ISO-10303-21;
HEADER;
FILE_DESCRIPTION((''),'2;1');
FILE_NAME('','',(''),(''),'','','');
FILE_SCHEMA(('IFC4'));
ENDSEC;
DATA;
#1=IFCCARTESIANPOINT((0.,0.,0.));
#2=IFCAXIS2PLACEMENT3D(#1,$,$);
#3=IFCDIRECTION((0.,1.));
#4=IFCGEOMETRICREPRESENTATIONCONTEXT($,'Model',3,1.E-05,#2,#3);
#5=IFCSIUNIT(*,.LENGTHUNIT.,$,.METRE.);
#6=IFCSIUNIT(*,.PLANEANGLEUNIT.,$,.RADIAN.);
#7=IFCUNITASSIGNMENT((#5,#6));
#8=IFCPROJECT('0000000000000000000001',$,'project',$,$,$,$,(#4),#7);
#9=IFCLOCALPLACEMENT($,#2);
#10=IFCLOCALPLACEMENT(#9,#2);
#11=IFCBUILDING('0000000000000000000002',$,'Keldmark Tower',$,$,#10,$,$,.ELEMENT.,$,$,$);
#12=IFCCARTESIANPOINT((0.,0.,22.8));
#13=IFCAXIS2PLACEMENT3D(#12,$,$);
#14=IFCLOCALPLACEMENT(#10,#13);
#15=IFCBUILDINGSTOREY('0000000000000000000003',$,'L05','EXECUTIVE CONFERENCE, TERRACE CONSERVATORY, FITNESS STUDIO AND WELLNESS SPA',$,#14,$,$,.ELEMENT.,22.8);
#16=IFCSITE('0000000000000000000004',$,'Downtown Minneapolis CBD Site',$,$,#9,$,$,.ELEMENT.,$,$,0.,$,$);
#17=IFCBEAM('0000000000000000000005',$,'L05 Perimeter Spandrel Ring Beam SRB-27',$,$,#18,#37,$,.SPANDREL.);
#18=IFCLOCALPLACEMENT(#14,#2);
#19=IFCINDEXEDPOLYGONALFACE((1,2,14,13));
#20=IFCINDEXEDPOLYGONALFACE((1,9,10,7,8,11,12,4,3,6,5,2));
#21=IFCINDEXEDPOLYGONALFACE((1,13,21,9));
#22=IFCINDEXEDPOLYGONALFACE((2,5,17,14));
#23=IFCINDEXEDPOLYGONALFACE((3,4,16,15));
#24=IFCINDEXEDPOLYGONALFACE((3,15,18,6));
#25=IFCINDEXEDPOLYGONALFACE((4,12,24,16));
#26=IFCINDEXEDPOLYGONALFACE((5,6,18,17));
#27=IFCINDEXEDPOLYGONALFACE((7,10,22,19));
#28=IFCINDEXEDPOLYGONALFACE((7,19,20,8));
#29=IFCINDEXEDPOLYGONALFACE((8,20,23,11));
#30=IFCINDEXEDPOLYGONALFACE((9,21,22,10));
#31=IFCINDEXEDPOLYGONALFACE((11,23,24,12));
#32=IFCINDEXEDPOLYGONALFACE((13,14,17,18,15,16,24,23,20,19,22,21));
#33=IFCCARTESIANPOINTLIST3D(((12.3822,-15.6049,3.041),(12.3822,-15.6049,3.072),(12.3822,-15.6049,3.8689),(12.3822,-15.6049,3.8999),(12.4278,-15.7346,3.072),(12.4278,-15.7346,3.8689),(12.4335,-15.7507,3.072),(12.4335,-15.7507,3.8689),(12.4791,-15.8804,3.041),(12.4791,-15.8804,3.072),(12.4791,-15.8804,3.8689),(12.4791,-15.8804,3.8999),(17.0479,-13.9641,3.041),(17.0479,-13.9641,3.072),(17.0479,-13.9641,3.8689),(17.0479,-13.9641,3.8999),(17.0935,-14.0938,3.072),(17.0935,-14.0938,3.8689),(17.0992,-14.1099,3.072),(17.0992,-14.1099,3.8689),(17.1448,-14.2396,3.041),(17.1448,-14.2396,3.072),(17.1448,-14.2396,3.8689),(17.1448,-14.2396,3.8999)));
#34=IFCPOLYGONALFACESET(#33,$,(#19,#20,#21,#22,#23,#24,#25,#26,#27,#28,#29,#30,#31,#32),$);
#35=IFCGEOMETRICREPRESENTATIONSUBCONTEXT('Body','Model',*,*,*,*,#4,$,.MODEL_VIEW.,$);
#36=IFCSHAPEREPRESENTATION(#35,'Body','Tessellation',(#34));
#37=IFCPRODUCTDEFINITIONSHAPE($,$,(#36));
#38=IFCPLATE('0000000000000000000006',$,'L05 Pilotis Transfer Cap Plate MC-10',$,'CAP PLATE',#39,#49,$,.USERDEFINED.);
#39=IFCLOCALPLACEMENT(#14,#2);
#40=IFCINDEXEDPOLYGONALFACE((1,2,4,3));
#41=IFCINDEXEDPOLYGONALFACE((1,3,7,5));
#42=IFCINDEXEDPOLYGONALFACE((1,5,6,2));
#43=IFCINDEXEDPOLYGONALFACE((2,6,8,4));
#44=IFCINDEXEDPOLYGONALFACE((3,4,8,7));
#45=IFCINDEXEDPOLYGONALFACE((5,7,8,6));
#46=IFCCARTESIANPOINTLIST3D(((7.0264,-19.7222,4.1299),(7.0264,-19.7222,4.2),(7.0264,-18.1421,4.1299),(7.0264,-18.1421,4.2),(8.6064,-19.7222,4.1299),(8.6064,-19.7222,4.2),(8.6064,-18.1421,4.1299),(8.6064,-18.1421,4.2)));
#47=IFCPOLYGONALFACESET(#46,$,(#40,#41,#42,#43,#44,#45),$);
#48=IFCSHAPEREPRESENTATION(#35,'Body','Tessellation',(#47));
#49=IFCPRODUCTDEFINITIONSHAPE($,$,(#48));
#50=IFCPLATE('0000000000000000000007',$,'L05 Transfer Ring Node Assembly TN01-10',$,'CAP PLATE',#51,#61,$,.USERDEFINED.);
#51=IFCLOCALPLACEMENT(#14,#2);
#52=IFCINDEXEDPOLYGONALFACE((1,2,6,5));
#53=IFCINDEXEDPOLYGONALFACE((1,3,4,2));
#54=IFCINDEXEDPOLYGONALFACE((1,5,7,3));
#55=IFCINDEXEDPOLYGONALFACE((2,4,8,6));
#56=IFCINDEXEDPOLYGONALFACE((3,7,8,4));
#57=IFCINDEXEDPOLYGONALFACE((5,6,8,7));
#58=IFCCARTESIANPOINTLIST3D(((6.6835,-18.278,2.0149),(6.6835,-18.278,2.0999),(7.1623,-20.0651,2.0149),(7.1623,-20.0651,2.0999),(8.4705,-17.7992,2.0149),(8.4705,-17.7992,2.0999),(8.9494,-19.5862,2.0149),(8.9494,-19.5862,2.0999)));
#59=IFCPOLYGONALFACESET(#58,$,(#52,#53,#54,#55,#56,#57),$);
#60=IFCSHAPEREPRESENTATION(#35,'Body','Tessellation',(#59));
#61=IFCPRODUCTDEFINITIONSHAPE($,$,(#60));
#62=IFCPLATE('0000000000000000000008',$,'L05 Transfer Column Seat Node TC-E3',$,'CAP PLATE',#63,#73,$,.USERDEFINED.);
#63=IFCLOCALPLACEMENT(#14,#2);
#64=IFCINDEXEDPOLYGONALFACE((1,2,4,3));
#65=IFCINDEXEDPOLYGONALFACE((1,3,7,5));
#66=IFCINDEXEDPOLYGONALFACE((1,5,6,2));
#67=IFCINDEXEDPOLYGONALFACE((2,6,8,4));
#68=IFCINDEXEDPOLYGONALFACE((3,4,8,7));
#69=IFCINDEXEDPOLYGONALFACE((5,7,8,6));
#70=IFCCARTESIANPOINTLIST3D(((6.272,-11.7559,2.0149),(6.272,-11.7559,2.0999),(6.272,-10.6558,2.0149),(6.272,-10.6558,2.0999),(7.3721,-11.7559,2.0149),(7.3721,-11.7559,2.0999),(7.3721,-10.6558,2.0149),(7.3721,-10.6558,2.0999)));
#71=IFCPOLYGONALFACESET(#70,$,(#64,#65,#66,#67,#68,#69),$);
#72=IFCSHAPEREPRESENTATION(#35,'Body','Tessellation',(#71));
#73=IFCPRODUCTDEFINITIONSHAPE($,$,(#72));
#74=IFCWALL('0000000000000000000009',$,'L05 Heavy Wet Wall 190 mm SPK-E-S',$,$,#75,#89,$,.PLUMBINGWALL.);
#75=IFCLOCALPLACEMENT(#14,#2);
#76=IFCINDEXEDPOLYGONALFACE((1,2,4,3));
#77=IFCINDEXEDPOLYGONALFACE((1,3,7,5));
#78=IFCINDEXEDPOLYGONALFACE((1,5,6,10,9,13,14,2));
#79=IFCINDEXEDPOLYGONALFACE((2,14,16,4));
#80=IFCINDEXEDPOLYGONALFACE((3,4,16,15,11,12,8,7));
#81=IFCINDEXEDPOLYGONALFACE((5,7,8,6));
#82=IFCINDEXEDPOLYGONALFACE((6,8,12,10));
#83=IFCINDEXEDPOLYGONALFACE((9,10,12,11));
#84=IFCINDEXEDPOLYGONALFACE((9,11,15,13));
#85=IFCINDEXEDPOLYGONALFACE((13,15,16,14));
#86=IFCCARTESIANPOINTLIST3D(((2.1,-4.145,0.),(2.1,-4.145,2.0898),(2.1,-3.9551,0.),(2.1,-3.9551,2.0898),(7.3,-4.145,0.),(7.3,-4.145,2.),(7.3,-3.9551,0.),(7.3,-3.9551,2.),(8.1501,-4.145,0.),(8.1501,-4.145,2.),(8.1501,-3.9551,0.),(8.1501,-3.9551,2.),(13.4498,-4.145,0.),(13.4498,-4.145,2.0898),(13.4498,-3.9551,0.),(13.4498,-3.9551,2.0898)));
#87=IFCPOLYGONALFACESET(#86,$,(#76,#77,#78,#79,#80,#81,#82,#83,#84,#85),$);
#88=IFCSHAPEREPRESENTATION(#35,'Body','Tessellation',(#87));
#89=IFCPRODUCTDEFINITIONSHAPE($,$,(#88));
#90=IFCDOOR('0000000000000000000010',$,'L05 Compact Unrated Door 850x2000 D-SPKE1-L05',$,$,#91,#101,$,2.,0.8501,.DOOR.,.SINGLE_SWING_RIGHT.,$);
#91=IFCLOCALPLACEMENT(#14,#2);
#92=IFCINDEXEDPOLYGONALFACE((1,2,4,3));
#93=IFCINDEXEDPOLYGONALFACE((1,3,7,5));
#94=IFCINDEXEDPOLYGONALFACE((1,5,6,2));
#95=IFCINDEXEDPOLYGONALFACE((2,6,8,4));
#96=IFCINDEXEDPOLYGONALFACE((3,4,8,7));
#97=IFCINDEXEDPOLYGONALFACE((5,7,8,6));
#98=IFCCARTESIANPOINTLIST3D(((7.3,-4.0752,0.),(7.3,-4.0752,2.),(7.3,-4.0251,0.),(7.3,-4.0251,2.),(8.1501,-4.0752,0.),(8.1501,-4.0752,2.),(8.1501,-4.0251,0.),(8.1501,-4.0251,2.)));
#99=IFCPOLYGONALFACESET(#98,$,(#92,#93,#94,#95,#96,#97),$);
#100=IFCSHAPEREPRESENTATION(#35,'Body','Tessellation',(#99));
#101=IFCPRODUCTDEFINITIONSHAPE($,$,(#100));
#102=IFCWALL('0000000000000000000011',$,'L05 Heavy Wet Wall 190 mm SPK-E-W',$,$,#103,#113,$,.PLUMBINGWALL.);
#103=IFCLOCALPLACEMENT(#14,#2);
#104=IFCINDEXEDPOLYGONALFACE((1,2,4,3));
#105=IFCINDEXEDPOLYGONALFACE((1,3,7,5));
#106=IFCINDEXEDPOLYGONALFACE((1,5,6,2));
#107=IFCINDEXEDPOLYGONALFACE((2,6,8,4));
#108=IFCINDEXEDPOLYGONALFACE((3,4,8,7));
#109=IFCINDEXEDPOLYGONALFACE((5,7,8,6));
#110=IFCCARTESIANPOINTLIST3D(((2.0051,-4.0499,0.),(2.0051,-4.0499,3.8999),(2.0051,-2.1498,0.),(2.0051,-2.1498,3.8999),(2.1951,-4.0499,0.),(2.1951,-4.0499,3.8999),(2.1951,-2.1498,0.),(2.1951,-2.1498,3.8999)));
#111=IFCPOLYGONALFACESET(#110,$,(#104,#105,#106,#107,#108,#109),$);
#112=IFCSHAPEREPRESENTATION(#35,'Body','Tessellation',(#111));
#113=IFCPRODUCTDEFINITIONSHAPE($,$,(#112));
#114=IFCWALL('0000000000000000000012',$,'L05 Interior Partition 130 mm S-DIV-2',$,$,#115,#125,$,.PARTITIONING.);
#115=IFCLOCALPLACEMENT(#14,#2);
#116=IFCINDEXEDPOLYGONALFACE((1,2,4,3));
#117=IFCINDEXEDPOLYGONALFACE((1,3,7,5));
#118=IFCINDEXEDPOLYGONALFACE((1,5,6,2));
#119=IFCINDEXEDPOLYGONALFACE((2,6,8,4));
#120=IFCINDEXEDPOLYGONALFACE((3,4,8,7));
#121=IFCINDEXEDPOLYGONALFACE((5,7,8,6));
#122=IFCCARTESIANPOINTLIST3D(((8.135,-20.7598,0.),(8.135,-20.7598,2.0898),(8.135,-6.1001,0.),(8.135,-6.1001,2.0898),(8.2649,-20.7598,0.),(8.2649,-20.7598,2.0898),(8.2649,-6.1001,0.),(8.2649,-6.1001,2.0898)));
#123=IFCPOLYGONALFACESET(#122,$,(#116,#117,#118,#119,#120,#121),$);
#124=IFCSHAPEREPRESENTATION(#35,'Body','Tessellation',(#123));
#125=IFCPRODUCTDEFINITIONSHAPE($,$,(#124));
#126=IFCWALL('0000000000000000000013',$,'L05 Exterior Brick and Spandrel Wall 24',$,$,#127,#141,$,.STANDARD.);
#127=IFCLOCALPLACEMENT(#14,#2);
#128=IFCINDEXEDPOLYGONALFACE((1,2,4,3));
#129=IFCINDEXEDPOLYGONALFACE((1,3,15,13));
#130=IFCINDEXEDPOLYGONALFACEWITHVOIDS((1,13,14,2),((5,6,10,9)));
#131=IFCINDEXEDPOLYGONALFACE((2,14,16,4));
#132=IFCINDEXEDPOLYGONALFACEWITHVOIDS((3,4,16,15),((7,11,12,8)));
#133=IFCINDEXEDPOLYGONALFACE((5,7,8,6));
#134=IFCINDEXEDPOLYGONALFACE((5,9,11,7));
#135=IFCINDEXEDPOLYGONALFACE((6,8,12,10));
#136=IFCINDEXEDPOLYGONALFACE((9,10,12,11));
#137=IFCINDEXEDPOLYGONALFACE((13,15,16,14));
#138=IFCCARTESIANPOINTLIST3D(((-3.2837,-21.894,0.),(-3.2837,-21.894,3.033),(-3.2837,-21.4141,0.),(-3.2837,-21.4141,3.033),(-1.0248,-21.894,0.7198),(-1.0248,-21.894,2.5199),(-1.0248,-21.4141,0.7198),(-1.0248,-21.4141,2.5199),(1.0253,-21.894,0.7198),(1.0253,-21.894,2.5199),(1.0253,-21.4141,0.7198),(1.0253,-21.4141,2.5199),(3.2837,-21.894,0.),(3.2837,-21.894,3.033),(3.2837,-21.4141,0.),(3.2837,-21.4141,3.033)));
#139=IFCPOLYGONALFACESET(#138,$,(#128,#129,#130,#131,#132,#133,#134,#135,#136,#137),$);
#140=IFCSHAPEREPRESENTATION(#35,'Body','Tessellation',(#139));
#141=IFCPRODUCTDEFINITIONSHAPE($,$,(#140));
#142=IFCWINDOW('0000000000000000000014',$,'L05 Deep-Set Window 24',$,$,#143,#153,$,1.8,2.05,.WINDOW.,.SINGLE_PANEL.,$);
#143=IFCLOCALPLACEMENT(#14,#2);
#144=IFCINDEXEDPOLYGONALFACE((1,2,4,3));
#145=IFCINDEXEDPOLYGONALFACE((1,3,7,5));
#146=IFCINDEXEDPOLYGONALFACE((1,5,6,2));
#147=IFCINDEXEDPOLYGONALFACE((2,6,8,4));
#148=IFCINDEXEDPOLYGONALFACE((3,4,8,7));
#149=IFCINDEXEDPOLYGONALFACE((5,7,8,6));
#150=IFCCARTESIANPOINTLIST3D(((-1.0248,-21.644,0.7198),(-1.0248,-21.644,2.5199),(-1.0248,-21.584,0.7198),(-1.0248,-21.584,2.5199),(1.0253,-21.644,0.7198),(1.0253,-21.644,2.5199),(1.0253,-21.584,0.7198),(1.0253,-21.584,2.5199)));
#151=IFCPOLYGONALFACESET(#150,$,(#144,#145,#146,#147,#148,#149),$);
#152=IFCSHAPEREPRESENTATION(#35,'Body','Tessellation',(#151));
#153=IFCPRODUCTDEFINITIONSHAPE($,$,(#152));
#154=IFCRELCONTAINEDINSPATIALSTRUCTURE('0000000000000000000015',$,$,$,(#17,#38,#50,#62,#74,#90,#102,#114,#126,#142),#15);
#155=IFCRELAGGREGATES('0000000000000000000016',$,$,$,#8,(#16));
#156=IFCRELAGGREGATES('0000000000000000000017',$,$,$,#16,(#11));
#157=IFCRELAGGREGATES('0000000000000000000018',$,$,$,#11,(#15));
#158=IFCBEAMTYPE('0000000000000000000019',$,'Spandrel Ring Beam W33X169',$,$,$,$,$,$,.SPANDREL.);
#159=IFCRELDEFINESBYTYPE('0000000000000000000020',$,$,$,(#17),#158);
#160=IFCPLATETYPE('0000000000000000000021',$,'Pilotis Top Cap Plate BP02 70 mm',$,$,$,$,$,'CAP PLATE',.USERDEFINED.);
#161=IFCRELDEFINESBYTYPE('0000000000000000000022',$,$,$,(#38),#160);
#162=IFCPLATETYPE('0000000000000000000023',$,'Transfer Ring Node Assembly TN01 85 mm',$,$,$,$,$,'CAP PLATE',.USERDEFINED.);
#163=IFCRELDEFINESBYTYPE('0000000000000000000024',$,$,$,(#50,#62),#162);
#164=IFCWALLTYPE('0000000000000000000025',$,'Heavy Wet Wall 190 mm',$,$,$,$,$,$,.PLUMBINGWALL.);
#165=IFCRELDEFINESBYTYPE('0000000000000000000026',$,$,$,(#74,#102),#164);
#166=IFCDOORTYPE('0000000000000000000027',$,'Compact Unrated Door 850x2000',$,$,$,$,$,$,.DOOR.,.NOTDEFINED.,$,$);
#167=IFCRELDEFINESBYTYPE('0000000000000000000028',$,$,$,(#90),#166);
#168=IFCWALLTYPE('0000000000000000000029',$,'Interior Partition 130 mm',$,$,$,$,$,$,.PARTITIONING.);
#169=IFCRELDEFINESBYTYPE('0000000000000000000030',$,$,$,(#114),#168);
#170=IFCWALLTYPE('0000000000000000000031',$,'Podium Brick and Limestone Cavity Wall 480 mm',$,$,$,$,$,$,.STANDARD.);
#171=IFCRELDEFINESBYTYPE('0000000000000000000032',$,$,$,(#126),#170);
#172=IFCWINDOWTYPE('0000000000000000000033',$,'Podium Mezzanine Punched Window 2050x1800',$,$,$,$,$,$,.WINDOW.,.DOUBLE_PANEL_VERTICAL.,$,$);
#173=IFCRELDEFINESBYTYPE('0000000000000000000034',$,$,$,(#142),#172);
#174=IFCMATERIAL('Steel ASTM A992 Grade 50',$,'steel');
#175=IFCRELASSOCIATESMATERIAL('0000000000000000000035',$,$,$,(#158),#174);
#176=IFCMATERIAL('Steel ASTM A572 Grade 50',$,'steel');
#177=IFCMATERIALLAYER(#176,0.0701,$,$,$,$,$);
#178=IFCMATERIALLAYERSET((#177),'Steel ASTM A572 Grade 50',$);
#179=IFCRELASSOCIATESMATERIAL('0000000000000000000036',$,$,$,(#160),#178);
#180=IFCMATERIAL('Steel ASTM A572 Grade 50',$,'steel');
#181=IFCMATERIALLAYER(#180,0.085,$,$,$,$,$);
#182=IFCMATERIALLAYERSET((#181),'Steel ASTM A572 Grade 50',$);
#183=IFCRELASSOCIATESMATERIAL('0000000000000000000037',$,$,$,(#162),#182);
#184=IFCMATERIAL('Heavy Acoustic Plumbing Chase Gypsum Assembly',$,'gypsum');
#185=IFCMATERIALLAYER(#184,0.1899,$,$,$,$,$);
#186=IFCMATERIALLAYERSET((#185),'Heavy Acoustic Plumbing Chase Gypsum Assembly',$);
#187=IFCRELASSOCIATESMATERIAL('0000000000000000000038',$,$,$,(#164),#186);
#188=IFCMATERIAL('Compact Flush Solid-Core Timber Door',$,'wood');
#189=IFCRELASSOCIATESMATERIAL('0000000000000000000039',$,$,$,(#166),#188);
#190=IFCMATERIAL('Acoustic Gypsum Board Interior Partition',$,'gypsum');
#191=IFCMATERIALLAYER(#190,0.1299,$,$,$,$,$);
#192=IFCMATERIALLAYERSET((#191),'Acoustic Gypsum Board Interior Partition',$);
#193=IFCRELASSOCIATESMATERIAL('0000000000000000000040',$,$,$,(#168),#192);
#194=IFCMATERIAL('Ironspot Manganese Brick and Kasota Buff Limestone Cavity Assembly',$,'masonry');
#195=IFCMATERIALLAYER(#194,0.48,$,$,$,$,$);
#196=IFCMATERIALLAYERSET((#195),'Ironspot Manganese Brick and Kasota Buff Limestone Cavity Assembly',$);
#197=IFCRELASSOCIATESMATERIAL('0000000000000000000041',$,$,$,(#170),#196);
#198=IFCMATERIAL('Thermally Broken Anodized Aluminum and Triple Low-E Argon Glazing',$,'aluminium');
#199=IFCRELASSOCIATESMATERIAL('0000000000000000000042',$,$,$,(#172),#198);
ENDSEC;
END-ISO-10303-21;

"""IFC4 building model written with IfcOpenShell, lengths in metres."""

from ifc_helpers import new_model, si_unit, direction, frame, frame_2d, origin, origin_2d, place, context, subcontext, project, spatial, rectangle, i_section, extrude, material, layer, layer_set, material_profile, profile_set, type_object, element, fill, save


model = new_model("IFC4")

# Units and contexts
model_context = context("Model", 3, precision=1e-05, world=origin(), true_north=direction((0.0, 1.0)))
body_context = subcontext(model_context, "Body", "Model", "MODEL_VIEW")
ifc_project = project(units=[si_unit("LENGTHUNIT", "METRE"), si_unit("PLANEANGLEUNIT", "RADIAN")], contexts=[model_context])

# Site, building, storey
site_placement = place(None, origin())
site = spatial("IfcSite", under=ifc_project, at=site_placement, Name="Downtown Minneapolis CBD Site", CompositionType="ELEMENT", RefElevation=0.0)
building_placement = place(site_placement, origin())
building = spatial("IfcBuilding", under=site, at=building_placement, Name="Keldmark Tower", CompositionType="ELEMENT")
storey_placement = place(building_placement, frame((0.0, 0.0, 22.8)))
storey = spatial("IfcBuildingStorey", under=building, at=storey_placement, Name="L05", Description="EXECUTIVE CONFERENCE, TERRACE CONSERVATORY, FITNESS STUDIO AND WELLNESS SPA", CompositionType="ELEMENT", Elevation=22.8)

# Beam
ifc_material_1 = material(Name="Steel ASTM A992 Grade 50", Category="steel")
ifc_material_profile_1 = material_profile(ifc_material_1, i_section(OverallWidth=0.292, OverallDepth=0.8589, WebThickness=0.0171, FlangeThickness=0.031, at=origin_2d()), Name="W33X169")
ifc_profile_set_1 = profile_set([ifc_material_profile_1], Name="Steel ASTM A992 Grade 50")
beam_type_1 = type_object("IfcBeamType", Name="Spandrel Ring Beam W33X169", PredefinedType="SPANDREL", material=ifc_profile_set_1)
beam_1_placement = place(storey_placement, frame((12.4307, -15.7427, 3.4705), z_axis=(0.943362, 0.331764, 0.0), x_axis=(-0.331764, 0.943362, 0.0)))
element("IfcBeam", 1, at=beam_1_placement, inside=storey, type_object=beam_type_1, Name="L05 Perimeter Spandrel Ring Beam SRB-27", PredefinedType="SPANDREL", context=body_context, shape_type="SweptSolid", body=[
    extrude(i_section(OverallWidth=0.292, OverallDepth=0.8589, WebThickness=0.0171, FlangeThickness=0.031, at=origin_2d()), origin(), (0.0, 0.0, 1.0), 4.9458),
])

# Plates
ifc_material_2 = material(Name="Steel ASTM A572 Grade 50", Category="steel")
ifc_layer_1 = layer(ifc_material_2, 0.0701)
ifc_layer_set_1 = layer_set([ifc_layer_1], Name="Steel ASTM A572 Grade 50")
plate_type_1 = type_object("IfcPlateType", Name="Pilotis Top Cap Plate BP02 70 mm", ElementType="CAP PLATE", PredefinedType="USERDEFINED", material=ifc_layer_set_1)
plate_1_placement = place(storey_placement, frame((7.8164, -18.9321, 4.1299), z_axis=(0.0, 0.0, 1.0), x_axis=(1.0, 0.0, 0.0)))
element("IfcPlate", 2, at=plate_1_placement, inside=storey, type_object=plate_type_1, Name="L05 Pilotis Transfer Cap Plate MC-10", ObjectType="CAP PLATE", PredefinedType="USERDEFINED", context=body_context, shape_type="SweptSolid", body=[
    extrude(rectangle(XDim=1.5801, YDim=1.5801, at=origin_2d()), origin(), (0.0, 0.0, 1.0), 0.0701),
])
ifc_material_3 = material(Name="Steel ASTM A572 Grade 50", Category="steel")
ifc_layer_2 = layer(ifc_material_3, 0.085)
ifc_layer_set_2 = layer_set([ifc_layer_2], Name="Steel ASTM A572 Grade 50")
plate_type_2 = type_object("IfcPlateType", Name="Transfer Ring Node Assembly TN01 85 mm", ElementType="CAP PLATE", PredefinedType="USERDEFINED", material=ifc_layer_set_2)
plate_2_placement = place(storey_placement, frame((7.8164, -18.9321, 2.0149), z_axis=(0.0, 0.0, 1.0), x_axis=(0.258819, -0.965926, 0.0)))
element("IfcPlate", 3, at=plate_2_placement, inside=storey, type_object=plate_type_2, Name="L05 Transfer Ring Node Assembly TN01-10", ObjectType="CAP PLATE", PredefinedType="USERDEFINED", context=body_context, shape_type="SweptSolid", body=[
    extrude(rectangle(XDim=1.8501, YDim=1.8501, at=origin_2d()), origin(), (0.0, 0.0, 1.0), 0.085),
])
plate_3_placement = place(storey_placement, frame((6.822, -11.2058, 2.0149), z_axis=(0.0, 0.0, 1.0), x_axis=(1.0, 0.0, 0.0)))
element("IfcPlate", 4, at=plate_3_placement, inside=storey, type_object=plate_type_2, Name="L05 Transfer Column Seat Node TC-E3", ObjectType="CAP PLATE", PredefinedType="USERDEFINED", context=body_context, shape_type="SweptSolid", body=[
    extrude(rectangle(XDim=1.1001, YDim=1.1001, at=origin_2d()), origin(), (0.0, 0.0, 1.0), 0.085),
])

# Wall, opening, door
ifc_material_4 = material(Name="Heavy Acoustic Plumbing Chase Gypsum Assembly", Category="gypsum")
ifc_layer_3 = layer(ifc_material_4, 0.1899)
ifc_layer_set_3 = layer_set([ifc_layer_3], Name="Heavy Acoustic Plumbing Chase Gypsum Assembly")
wall_type_1 = type_object("IfcWallType", Name="Heavy Wet Wall 190 mm", PredefinedType="PLUMBINGWALL", material=ifc_layer_set_3)
wall_1_placement = place(storey_placement, frame((2.1001, -4.05, 0.0), z_axis=(0.0, 0.0, 1.0), x_axis=(1.0, 0.0, 0.0)))
wall_1 = element("IfcWall", 5, at=wall_1_placement, inside=storey, type_object=wall_type_1, Name="L05 Heavy Wet Wall 190 mm SPK-E-S", PredefinedType="PLUMBINGWALL", context=body_context, shape_type="SweptSolid", body=[
    extrude(rectangle(XDim=11.3499, YDim=0.1899, at=frame_2d((5.6748, 0.0))), origin(), (0.0, 0.0, 1.0), 2.0898),
])
opening_1_placement = place(wall_1_placement, frame((5.2, 0.0, 0.0)))
opening_1 = element("IfcOpeningElement", 6, at=opening_1_placement, cuts=wall_1, PredefinedType="OPENING", context=body_context, shape_type="SweptSolid", body=[
    extrude(rectangle(XDim=0.8501, YDim=2.0, at=frame_2d((0.425, 1.0))), frame((0.0, 0.105, 0.0), z_axis=(0.0, -1.0, 0.0), x_axis=(1.0, 0.0, 0.0)), (0.0, 0.0, 1.0), 0.21),
])
ifc_material_5 = material(Name="Compact Flush Solid-Core Timber Door", Category="wood")
door_type = type_object("IfcDoorType", Name="Compact Unrated Door 850x2000", OperationType="NOTDEFINED", PredefinedType="DOOR", material=ifc_material_5)
door_placement = place(opening_1_placement, origin())
door = element("IfcDoor", 7, at=door_placement, inside=storey, type_object=door_type, Name="L05 Compact Unrated Door 850x2000 D-SPKE1-L05", OperationType="SINGLE_SWING_RIGHT", OverallHeight=2.0, OverallWidth=0.8501, PredefinedType="DOOR", context=body_context, shape_type="SweptSolid", body=[
    extrude(rectangle(XDim=0.8501, YDim=2.0, at=frame_2d((0.425, 1.0))), frame((0.0, 0.0249, 0.0), z_axis=(0.0, -1.0, 0.0), x_axis=(1.0, 0.0, 0.0)), (0.0, 0.0, 1.0), 0.05),
])
fill(opening_1, door)

# Walls
wall_2_placement = place(storey_placement, frame((2.1001, -4.05, 0.0), z_axis=(0.0, 0.0, 1.0), x_axis=(0.0, 1.0, 0.0)))
element("IfcWall", 8, at=wall_2_placement, inside=storey, type_object=wall_type_1, Name="L05 Heavy Wet Wall 190 mm SPK-E-W", PredefinedType="PLUMBINGWALL", context=body_context, shape_type="SweptSolid", body=[
    extrude(rectangle(XDim=1.9001, YDim=0.1899, at=frame_2d((0.9502, 0.0))), origin(), (0.0, 0.0, 1.0), 3.8999),
])
ifc_material_6 = material(Name="Acoustic Gypsum Board Interior Partition", Category="gypsum")
ifc_layer_4 = layer(ifc_material_6, 0.1299)
ifc_layer_set_4 = layer_set([ifc_layer_4], Name="Acoustic Gypsum Board Interior Partition")
wall_type_2 = type_object("IfcWallType", Name="Interior Partition 130 mm", PredefinedType="PARTITIONING", material=ifc_layer_set_4)
wall_3_placement = place(storey_placement, frame((8.2, -20.7598, 0.0), z_axis=(0.0, 0.0, 1.0), x_axis=(0.0, 1.0, 0.0)))
element("IfcWall", 9, at=wall_3_placement, inside=storey, type_object=wall_type_2, Name="L05 Interior Partition 130 mm S-DIV-2", PredefinedType="PARTITIONING", context=body_context, shape_type="SweptSolid", body=[
    extrude(rectangle(XDim=14.6597, YDim=0.1299, at=frame_2d((7.3298, 0.0))), origin(), (0.0, 0.0, 1.0), 2.0898),
])

# Wall, opening, window
ifc_material_7 = material(Name="Ironspot Manganese Brick and Kasota Buff Limestone Cavity Assembly", Category="masonry")
ifc_layer_5 = layer(ifc_material_7, 0.48)
ifc_layer_set_5 = layer_set([ifc_layer_5], Name="Ironspot Manganese Brick and Kasota Buff Limestone Cavity Assembly")
wall_type_3 = type_object("IfcWallType", Name="Podium Brick and Limestone Cavity Wall 480 mm", PredefinedType="STANDARD", material=ifc_layer_set_5)
wall_4_placement = place(storey_placement, frame((3.2837, -21.6541, 0.0), z_axis=(0.0, 0.0, 1.0), x_axis=(-1.0, 0.0, 0.0)))
wall_4 = element("IfcWall", 10, at=wall_4_placement, inside=storey, type_object=wall_type_3, Name="L05 Exterior Brick and Spandrel Wall 24", PredefinedType="STANDARD", context=body_context, shape_type="SweptSolid", body=[
    extrude(rectangle(XDim=6.5674, YDim=0.48, at=frame_2d((3.2837, 0.0))), origin(), (0.0, 0.0, 1.0), 3.033),
])
opening_2_placement = place(wall_4_placement, frame((2.2585, 0.0, 0.72)))
opening_2 = element("IfcOpeningElement", 11, at=opening_2_placement, cuts=wall_4, PredefinedType="OPENING", context=body_context, shape_type="SweptSolid", body=[
    extrude(rectangle(XDim=2.05, YDim=1.8, at=frame_2d((1.0249, 0.8999))), frame((0.0, 0.25, 0.0), z_axis=(0.0, -1.0, 0.0), x_axis=(1.0, 0.0, 0.0)), (0.0, 0.0, 1.0), 0.5),
])
ifc_material_8 = material(Name="Thermally Broken Anodized Aluminum and Triple Low-E Argon Glazing", Category="aluminium")
window_type = type_object("IfcWindowType", Name="Podium Mezzanine Punched Window 2050x1800", PartitioningType="DOUBLE_PANEL_VERTICAL", PredefinedType="WINDOW", material=ifc_material_8)
window_1_placement = place(opening_2_placement, origin())
window_1 = element("IfcWindow", 12, at=window_1_placement, inside=storey, type_object=window_type, Name="L05 Deep-Set Window 24", OverallHeight=1.8, OverallWidth=2.05, PartitioningType="SINGLE_PANEL", PredefinedType="WINDOW", context=body_context, shape_type="SweptSolid", body=[
    extrude(rectangle(XDim=2.05, YDim=1.8, at=frame_2d((1.0249, 0.8999))), frame((0.0, -0.01, 0.0), z_axis=(0.0, -1.0, 0.0), x_axis=(1.0, 0.0, 0.0)), (0.0, 0.0, 1.0), 0.0601),
])
fill(opening_2, window_1)

save(model, "model.ifc")
